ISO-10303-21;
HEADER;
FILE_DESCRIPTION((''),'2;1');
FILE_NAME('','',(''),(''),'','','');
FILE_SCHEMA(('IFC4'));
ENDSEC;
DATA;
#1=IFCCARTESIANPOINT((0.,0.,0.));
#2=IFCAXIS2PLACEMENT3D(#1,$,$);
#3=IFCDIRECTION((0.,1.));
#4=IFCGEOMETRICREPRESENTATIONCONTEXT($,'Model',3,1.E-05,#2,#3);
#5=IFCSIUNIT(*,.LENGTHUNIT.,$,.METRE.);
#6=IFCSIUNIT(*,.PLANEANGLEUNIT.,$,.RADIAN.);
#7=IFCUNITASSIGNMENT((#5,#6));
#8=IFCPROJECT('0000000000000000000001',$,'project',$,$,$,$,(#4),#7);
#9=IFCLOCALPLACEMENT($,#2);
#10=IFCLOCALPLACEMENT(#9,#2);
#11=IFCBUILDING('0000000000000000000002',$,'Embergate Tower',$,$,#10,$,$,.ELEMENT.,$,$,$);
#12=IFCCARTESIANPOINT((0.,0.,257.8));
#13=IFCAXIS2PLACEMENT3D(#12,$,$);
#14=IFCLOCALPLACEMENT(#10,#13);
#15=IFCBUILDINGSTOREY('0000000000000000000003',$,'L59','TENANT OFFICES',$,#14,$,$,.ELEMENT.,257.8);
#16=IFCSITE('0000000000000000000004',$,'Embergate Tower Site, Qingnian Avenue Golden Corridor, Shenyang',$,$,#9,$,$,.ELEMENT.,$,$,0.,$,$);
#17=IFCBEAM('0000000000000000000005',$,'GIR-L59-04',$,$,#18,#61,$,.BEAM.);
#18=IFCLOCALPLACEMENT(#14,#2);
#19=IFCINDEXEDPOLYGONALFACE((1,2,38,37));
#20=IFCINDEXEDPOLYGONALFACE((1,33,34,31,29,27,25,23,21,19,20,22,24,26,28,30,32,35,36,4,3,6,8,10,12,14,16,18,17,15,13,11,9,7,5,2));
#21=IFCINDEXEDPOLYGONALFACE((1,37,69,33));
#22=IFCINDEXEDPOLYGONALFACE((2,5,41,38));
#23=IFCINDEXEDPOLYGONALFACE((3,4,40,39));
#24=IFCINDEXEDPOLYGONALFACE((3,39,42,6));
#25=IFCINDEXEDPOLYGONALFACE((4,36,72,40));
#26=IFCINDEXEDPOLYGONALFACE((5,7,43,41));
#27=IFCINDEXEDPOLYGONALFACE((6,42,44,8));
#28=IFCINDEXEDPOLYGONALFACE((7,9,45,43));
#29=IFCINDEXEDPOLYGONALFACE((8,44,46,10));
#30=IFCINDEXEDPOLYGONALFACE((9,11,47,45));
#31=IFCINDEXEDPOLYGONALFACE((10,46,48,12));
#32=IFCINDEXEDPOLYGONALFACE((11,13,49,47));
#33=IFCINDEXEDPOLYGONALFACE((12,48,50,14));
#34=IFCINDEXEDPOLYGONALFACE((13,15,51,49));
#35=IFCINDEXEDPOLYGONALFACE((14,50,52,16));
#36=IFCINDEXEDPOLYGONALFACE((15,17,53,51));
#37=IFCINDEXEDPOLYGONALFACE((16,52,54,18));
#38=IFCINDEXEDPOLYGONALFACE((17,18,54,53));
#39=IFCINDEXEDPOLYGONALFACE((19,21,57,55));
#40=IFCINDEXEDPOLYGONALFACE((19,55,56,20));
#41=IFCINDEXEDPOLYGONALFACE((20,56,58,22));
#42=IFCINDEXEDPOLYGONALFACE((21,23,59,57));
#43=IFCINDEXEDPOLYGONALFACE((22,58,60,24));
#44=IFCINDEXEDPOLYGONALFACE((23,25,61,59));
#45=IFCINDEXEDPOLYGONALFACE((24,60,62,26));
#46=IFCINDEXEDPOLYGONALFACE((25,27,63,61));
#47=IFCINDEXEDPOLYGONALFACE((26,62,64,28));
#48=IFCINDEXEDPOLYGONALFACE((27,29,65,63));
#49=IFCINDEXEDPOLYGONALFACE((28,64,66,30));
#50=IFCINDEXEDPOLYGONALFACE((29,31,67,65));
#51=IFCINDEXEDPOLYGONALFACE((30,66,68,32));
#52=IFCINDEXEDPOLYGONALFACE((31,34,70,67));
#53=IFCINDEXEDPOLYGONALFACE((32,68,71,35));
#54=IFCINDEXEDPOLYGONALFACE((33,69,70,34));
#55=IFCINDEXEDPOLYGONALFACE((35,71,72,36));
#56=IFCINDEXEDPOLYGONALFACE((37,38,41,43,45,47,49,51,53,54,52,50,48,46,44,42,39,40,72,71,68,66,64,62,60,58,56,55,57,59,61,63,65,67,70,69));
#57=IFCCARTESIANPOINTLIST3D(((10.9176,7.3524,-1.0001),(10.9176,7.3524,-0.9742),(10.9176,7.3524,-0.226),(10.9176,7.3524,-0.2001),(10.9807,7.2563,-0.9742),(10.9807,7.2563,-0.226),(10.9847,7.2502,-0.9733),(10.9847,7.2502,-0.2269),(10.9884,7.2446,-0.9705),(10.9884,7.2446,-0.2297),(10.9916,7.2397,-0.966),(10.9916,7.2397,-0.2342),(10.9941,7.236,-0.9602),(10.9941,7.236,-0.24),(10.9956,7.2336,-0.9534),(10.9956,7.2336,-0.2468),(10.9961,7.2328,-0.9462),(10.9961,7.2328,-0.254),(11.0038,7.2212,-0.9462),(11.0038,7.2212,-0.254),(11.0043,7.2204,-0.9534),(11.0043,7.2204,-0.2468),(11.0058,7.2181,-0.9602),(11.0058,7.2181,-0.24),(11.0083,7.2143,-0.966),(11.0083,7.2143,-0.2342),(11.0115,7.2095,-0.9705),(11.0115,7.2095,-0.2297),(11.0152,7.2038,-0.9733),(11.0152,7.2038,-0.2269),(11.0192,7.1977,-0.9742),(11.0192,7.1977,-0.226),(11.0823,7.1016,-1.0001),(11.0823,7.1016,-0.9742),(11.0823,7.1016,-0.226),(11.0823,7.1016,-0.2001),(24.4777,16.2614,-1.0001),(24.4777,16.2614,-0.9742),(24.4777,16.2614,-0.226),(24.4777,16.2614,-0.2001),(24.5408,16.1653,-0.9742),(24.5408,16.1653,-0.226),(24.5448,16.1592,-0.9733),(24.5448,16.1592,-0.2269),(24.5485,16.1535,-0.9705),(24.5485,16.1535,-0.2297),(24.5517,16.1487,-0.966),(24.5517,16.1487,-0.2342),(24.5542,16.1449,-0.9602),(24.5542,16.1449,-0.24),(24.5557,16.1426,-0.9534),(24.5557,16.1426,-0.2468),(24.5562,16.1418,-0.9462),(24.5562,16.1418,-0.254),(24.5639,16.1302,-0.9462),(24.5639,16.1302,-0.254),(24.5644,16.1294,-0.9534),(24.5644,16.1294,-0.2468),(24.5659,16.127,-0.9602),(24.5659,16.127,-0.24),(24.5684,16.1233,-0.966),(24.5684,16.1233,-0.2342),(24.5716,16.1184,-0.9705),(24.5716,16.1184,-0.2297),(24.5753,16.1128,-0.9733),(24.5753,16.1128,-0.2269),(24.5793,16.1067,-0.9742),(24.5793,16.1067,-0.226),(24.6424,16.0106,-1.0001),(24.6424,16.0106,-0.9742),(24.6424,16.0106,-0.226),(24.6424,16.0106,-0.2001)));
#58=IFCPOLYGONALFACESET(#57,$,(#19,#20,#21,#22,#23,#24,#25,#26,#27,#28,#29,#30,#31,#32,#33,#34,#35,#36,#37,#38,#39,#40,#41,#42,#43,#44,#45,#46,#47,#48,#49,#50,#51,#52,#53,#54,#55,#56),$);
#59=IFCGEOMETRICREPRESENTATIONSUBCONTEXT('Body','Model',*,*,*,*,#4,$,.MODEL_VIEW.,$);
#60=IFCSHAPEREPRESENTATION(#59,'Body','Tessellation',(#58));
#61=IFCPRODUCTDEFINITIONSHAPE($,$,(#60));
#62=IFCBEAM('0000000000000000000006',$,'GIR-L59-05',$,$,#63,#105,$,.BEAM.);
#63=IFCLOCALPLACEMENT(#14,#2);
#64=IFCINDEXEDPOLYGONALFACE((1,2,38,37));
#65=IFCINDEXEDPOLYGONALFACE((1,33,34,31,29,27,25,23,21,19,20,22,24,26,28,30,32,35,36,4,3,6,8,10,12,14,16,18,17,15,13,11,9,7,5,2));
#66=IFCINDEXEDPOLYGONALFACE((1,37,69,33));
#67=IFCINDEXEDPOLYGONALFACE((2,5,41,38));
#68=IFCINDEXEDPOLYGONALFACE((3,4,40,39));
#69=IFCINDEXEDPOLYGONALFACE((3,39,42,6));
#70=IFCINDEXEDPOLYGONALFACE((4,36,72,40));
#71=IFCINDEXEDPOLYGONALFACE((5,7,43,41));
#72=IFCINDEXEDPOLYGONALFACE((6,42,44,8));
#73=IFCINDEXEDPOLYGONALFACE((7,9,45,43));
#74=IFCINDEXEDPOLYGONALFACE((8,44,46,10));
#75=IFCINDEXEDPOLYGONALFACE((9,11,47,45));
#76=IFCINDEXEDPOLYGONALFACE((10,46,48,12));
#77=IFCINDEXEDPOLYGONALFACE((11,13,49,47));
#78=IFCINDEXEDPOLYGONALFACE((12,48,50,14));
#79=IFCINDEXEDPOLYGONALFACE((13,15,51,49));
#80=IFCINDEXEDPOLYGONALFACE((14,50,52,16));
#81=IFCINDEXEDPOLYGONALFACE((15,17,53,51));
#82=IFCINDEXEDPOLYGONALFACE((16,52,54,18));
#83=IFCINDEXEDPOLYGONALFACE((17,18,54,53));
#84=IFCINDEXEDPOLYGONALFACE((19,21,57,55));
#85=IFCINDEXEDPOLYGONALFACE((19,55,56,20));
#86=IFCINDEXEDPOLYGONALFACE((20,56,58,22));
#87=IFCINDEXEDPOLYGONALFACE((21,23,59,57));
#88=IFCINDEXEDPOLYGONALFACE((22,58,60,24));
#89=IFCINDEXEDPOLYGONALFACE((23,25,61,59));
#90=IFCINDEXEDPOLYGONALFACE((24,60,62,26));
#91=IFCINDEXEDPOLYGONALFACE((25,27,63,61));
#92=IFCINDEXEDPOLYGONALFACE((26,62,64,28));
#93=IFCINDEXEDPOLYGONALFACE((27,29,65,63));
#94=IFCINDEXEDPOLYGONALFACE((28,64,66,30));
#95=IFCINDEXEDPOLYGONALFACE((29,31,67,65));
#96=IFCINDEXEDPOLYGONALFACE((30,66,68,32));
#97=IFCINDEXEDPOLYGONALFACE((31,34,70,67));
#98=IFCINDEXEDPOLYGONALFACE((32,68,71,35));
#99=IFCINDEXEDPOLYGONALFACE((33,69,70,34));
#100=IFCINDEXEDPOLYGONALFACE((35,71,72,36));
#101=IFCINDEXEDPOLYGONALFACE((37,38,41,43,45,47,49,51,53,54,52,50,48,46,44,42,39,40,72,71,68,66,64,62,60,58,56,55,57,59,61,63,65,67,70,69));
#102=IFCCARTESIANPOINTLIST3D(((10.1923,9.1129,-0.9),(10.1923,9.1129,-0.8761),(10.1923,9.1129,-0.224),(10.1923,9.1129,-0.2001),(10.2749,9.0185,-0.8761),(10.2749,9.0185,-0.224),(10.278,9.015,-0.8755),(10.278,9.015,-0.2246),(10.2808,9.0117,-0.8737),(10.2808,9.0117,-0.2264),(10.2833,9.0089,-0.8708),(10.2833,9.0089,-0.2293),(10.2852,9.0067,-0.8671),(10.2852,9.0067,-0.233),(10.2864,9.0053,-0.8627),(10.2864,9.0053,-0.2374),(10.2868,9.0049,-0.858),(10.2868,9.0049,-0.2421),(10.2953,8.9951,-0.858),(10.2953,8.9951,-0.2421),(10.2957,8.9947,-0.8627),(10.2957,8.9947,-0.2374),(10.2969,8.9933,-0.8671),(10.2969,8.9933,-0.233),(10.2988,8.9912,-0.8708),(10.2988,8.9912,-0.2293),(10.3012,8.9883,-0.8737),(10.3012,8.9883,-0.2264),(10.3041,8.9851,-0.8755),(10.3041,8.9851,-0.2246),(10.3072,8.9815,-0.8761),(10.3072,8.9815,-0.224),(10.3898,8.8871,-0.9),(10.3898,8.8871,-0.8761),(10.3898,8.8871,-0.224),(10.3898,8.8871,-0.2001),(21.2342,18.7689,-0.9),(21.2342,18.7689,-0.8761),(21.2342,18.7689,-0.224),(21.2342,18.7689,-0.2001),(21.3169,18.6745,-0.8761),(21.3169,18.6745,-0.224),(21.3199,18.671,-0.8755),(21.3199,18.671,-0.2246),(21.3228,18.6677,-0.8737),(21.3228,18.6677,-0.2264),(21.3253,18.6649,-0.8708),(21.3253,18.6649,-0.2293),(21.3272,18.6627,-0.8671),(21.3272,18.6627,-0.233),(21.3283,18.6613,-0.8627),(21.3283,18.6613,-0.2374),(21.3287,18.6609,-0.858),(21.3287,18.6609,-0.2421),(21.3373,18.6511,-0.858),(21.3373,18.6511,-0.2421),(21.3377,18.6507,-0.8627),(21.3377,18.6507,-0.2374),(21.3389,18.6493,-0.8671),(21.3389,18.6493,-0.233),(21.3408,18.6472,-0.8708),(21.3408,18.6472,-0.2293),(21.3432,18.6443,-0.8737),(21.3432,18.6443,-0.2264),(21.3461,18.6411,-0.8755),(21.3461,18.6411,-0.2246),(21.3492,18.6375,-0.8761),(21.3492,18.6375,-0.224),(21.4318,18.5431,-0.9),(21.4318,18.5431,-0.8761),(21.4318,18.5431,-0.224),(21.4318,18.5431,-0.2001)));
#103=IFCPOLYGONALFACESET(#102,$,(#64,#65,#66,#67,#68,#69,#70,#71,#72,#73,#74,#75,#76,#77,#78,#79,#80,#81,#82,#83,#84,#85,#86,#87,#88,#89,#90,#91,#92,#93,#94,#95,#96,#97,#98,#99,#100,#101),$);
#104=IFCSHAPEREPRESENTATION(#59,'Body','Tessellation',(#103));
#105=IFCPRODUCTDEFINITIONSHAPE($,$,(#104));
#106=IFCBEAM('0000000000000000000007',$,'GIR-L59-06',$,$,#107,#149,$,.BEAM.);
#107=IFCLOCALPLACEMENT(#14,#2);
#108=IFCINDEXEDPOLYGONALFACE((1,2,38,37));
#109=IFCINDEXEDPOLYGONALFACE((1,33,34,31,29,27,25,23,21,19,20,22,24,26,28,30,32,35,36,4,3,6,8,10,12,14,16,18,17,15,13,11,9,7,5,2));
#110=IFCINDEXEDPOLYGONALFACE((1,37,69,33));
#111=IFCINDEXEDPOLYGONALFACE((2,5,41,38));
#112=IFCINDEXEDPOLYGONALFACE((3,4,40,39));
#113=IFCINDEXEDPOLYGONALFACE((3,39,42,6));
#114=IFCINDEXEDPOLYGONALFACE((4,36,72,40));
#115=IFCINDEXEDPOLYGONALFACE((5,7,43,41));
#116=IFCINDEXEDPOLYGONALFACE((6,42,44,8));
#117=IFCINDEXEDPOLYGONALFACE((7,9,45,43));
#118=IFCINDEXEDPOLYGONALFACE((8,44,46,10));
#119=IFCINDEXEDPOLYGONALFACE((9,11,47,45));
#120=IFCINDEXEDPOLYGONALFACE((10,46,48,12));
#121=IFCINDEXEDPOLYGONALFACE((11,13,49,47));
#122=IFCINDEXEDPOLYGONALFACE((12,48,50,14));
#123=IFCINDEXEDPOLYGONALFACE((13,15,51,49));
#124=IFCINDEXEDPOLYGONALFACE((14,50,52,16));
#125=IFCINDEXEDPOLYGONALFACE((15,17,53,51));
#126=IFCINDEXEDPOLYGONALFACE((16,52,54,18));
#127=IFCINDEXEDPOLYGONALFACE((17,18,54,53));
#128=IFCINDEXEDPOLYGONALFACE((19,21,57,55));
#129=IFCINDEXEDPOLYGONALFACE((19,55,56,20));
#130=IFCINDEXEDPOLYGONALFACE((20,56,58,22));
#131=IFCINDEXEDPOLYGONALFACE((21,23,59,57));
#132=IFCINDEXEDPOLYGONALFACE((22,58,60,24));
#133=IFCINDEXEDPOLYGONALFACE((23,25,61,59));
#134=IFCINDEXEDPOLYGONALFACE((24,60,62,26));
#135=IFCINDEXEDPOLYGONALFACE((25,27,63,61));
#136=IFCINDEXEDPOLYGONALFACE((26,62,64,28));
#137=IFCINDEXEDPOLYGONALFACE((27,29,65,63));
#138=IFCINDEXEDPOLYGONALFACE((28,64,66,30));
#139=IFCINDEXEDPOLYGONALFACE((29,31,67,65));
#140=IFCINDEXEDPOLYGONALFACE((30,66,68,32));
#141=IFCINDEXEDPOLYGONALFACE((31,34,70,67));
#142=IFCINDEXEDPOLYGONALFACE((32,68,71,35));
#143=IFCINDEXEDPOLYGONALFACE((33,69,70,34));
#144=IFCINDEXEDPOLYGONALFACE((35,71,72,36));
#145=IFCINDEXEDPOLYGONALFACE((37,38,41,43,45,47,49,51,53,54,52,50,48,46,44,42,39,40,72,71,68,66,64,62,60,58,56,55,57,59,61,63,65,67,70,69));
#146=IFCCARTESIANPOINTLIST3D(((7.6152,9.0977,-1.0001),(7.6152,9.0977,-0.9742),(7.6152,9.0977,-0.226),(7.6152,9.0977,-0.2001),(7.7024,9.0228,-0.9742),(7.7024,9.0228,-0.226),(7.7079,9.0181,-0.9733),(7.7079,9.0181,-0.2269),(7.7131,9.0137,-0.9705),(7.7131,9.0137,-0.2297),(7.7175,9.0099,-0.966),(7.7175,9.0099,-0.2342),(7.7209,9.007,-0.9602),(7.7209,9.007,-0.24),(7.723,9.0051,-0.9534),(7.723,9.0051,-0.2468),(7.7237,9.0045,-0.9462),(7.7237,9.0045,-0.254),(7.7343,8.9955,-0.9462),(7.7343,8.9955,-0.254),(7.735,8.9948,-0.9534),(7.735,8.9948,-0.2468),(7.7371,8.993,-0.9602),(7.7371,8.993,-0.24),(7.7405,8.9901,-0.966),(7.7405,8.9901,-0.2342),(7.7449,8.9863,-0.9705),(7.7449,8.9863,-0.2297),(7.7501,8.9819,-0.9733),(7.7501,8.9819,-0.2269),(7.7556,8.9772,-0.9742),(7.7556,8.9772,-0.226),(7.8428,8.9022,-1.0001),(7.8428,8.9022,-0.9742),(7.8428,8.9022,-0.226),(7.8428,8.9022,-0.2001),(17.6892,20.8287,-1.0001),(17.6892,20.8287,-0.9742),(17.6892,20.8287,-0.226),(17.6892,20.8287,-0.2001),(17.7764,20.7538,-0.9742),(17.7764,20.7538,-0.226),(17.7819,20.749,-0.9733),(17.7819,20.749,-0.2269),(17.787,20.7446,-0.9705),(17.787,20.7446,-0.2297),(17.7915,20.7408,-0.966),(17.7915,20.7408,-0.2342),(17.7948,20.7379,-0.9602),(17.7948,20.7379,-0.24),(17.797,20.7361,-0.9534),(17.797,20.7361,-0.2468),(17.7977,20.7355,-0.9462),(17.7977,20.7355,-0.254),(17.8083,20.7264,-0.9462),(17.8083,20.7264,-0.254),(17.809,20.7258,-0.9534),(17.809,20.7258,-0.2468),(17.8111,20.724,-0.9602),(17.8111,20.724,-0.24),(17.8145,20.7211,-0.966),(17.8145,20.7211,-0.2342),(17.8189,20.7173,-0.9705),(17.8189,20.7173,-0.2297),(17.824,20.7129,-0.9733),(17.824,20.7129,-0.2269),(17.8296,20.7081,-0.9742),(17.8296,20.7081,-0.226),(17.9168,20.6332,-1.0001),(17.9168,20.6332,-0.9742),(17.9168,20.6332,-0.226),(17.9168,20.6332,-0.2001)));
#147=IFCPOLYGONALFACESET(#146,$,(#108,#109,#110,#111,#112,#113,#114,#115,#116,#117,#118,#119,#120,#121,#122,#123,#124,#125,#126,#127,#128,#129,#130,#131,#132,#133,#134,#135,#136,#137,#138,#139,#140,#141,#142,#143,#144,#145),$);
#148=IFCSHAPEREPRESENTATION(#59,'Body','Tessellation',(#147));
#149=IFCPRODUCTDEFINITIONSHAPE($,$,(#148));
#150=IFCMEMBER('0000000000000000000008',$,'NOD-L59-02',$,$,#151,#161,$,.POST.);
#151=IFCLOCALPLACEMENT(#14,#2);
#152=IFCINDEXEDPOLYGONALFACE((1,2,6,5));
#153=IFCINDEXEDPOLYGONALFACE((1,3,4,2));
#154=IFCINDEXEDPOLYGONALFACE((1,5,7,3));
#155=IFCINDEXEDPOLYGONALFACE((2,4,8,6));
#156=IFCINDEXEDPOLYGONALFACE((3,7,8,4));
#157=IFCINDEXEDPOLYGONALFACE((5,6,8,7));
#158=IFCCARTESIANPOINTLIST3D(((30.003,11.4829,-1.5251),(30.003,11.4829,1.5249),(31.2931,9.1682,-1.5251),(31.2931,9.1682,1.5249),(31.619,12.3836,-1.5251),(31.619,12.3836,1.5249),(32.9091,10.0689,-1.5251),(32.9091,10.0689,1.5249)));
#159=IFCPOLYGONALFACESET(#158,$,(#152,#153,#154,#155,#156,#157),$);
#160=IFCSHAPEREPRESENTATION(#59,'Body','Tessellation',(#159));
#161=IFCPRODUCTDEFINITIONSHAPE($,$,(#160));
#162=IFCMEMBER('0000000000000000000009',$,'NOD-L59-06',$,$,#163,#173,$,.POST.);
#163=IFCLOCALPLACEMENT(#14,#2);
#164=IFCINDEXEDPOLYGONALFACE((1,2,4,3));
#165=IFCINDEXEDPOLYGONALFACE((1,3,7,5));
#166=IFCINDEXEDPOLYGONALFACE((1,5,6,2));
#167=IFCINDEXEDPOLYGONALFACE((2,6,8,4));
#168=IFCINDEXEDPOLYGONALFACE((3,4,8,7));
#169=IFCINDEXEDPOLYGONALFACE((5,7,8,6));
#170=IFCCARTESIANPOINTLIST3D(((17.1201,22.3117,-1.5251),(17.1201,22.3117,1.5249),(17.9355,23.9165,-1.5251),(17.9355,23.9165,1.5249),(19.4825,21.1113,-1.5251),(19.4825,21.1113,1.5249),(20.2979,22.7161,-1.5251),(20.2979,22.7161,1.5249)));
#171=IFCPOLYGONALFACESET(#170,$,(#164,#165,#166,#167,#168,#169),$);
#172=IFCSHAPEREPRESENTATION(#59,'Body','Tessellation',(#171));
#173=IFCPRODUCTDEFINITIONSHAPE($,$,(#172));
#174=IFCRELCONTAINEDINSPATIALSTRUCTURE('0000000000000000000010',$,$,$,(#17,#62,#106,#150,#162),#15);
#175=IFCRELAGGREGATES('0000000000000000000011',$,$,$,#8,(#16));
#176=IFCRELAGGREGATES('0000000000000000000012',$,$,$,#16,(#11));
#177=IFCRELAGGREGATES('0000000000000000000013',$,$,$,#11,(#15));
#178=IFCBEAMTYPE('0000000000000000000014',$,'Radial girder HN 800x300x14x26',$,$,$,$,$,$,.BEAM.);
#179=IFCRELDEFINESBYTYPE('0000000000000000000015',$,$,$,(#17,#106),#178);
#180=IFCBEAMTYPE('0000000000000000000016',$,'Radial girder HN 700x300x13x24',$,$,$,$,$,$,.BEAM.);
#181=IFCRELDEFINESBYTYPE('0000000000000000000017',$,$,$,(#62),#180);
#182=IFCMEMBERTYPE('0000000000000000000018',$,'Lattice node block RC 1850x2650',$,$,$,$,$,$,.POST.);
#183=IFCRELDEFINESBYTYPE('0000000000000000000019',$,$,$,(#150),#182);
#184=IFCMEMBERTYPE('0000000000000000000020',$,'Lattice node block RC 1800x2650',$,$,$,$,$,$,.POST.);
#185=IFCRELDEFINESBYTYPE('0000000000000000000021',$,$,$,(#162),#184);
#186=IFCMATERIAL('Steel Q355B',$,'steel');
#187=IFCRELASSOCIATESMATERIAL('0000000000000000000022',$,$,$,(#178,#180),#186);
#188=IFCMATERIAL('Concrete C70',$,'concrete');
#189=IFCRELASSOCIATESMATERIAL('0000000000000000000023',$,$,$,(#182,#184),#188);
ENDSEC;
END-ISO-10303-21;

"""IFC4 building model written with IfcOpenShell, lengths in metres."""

from ifc_helpers import new_model, si_unit, direction, frame, origin, origin_2d, place, context, subcontext, project, spatial, rectangle, i_section, extrude, source, transform, mapped, material, material_profile, profile_set, type_object, element, save


model = new_model("IFC4")

# Units and contexts
model_context = context("Model", 3, precision=1e-05, world=origin(), true_north=direction((0.0, 1.0)))
body_context = subcontext(model_context, "Body", "Model", "MODEL_VIEW")
ifc_project = project(units=[si_unit("LENGTHUNIT", "METRE"), si_unit("PLANEANGLEUNIT", "RADIAN")], contexts=[model_context])

# Site, building, storey
site_placement = place(None, origin())
site = spatial("IfcSite", under=ifc_project, at=site_placement, Name="Embergate Tower Site, Qingnian Avenue Golden Corridor, Shenyang", CompositionType="ELEMENT", RefElevation=0.0)
building_placement = place(site_placement, origin())
building = spatial("IfcBuilding", under=site, at=building_placement, Name="Embergate Tower", CompositionType="ELEMENT")
storey_placement = place(building_placement, frame((0.0, 0.0, 257.8)))
storey = spatial("IfcBuildingStorey", under=building, at=storey_placement, Name="L59", Description="TENANT OFFICES", CompositionType="ELEMENT", Elevation=257.8)

# Beams
ifc_material_1 = material(Name="Steel Q355B", Category="steel")
ifc_material_profile_1 = material_profile(ifc_material_1, i_section(OverallWidth=0.3, OverallDepth=0.8, WebThickness=0.0139, FlangeThickness=0.0259, FilletRadius=0.0281, at=origin_2d()), Name="HN 800x300x14x26")
ifc_profile_set_1 = profile_set([ifc_material_profile_1], Name="Steel Q355 grade B")
beam_type_1 = type_object("IfcBeamType", Name="Radial girder HN 800x300x14x26", PredefinedType="BEAM", material=ifc_profile_set_1)
shared_shape_1 = source(origin(), body_context, "Body", "SweptSolid", [
    extrude(i_section(OverallWidth=0.3, OverallDepth=0.8, WebThickness=0.0139, FlangeThickness=0.0259, FilletRadius=0.0281, at=origin_2d()), origin(), (0.0, 0.0, 1.0), 16.2249),
])
beam_1_placement = place(storey_placement, frame((24.5601, 16.136, -0.6001), z_axis=(-0.835761, -0.549094, 0.0), x_axis=(0.549094, -0.835761, 0.0)))
element("IfcBeam", 1, at=beam_1_placement, inside=storey, type_object=beam_type_1, Name="GIR-L59-04", PredefinedType="BEAM", context=body_context, shape_type="MappedRepresentation", body=[
    mapped(shared_shape_1, transform((0.0, 0.0, 0.0))),
])
ifc_material_profile_2 = material_profile(ifc_material_1, i_section(OverallWidth=0.3, OverallDepth=0.7, WebThickness=0.0129, FlangeThickness=0.0239, FilletRadius=0.0181, at=origin_2d()), Name="HN 700x300x13x24")
ifc_profile_set_2 = profile_set([ifc_material_profile_2], Name="Steel Q355 grade B")
beam_type_2 = type_object("IfcBeamType", Name="Radial girder HN 700x300x13x24", PredefinedType="BEAM", material=ifc_profile_set_2)
shared_shape_2 = source(origin(), body_context, "Body", "SweptSolid", [
    extrude(i_section(OverallWidth=0.3, OverallDepth=0.7, WebThickness=0.0129, FlangeThickness=0.0239, FilletRadius=0.0181, at=origin_2d()), origin(), (0.0, 0.0, 1.0), 14.6685),
])
beam_2_placement = place(storey_placement, frame((21.333, 18.656, -0.55), z_axis=(-0.75277, -0.658283, 0.0), x_axis=(0.658283, -0.75277, 0.0)))
element("IfcBeam", 2, at=beam_2_placement, inside=storey, type_object=beam_type_2, Name="GIR-L59-05", PredefinedType="BEAM", context=body_context, shape_type="MappedRepresentation", body=[
    mapped(shared_shape_2, transform((0.0, 0.0, 0.0))),
])
shared_shape_3 = source(origin(), body_context, "Body", "SweptSolid", [
    extrude(i_section(OverallWidth=0.3, OverallDepth=0.8, WebThickness=0.0139, FlangeThickness=0.0259, FilletRadius=0.0281, at=origin_2d()), origin(), (0.0, 0.0, 1.0), 15.4629),
])
beam_3_placement = place(storey_placement, frame((17.803, 20.731, -0.6001), z_axis=(-0.651495, -0.758653, 0.0), x_axis=(0.758653, -0.651495, 0.0)))
element("IfcBeam", 3, at=beam_3_placement, inside=storey, type_object=beam_type_1, Name="GIR-L59-06", PredefinedType="BEAM", context=body_context, shape_type="MappedRepresentation", body=[
    mapped(shared_shape_3, transform((0.0, 0.0, 0.0))),
])

# Members
ifc_material_2 = material(Name="Concrete C70", Category="concrete")
ifc_material_profile_3 = material_profile(ifc_material_2, rectangle(XDim=1.8501, YDim=2.6499, at=origin_2d()), Name="RC 1850x2650")
ifc_profile_set_3 = profile_set([ifc_material_profile_3], Name="Concrete C70")
member_type_1 = type_object("IfcMemberType", Name="Lattice node block RC 1850x2650", PredefinedType="POST", material=ifc_profile_set_3)
shared_shape_4 = source(origin(), body_context, "Body", "SweptSolid", [
    extrude(rectangle(XDim=1.8501, YDim=2.6499, at=origin_2d()), origin(), (0.0, 0.0, 1.0), 3.05),
])
member_1_placement = place(storey_placement, frame((31.4561, 10.7759, -1.5251), z_axis=(0.0, 0.0, 1.0), x_axis=(0.873492, 0.486839, 0.0)))
element("IfcMember", 4, at=member_1_placement, inside=storey, type_object=member_type_1, Name="NOD-L59-02", PredefinedType="POST", context=body_context, shape_type="MappedRepresentation", body=[
    mapped(shared_shape_4, transform((0.0, 0.0, 0.0))),
])
ifc_material_profile_4 = material_profile(ifc_material_2, rectangle(XDim=1.8, YDim=2.6499, at=origin_2d()), Name="RC 1800x2650")
ifc_profile_set_4 = profile_set([ifc_material_profile_4], Name="Concrete C70")
member_type_2 = type_object("IfcMemberType", Name="Lattice node block RC 1800x2650", PredefinedType="POST", material=ifc_profile_set_4)
shared_shape_5 = source(origin(), body_context, "Body", "SweptSolid", [
    extrude(rectangle(XDim=1.8, YDim=2.6499, at=origin_2d()), origin(), (0.0, 0.0, 1.0), 3.05),
])
member_2_placement = place(storey_placement, frame((18.709, 22.5139, -1.5251), z_axis=(0.0, 0.0, 1.0), x_axis=(0.452995, 0.891513, 0.0)))
element("IfcMember", 5, at=member_2_placement, inside=storey, type_object=member_type_2, Name="NOD-L59-06", PredefinedType="POST", context=body_context, shape_type="MappedRepresentation", body=[
    mapped(shared_shape_5, transform((0.0, 0.0, 0.0))),
])

save(model, "model.ifc")
